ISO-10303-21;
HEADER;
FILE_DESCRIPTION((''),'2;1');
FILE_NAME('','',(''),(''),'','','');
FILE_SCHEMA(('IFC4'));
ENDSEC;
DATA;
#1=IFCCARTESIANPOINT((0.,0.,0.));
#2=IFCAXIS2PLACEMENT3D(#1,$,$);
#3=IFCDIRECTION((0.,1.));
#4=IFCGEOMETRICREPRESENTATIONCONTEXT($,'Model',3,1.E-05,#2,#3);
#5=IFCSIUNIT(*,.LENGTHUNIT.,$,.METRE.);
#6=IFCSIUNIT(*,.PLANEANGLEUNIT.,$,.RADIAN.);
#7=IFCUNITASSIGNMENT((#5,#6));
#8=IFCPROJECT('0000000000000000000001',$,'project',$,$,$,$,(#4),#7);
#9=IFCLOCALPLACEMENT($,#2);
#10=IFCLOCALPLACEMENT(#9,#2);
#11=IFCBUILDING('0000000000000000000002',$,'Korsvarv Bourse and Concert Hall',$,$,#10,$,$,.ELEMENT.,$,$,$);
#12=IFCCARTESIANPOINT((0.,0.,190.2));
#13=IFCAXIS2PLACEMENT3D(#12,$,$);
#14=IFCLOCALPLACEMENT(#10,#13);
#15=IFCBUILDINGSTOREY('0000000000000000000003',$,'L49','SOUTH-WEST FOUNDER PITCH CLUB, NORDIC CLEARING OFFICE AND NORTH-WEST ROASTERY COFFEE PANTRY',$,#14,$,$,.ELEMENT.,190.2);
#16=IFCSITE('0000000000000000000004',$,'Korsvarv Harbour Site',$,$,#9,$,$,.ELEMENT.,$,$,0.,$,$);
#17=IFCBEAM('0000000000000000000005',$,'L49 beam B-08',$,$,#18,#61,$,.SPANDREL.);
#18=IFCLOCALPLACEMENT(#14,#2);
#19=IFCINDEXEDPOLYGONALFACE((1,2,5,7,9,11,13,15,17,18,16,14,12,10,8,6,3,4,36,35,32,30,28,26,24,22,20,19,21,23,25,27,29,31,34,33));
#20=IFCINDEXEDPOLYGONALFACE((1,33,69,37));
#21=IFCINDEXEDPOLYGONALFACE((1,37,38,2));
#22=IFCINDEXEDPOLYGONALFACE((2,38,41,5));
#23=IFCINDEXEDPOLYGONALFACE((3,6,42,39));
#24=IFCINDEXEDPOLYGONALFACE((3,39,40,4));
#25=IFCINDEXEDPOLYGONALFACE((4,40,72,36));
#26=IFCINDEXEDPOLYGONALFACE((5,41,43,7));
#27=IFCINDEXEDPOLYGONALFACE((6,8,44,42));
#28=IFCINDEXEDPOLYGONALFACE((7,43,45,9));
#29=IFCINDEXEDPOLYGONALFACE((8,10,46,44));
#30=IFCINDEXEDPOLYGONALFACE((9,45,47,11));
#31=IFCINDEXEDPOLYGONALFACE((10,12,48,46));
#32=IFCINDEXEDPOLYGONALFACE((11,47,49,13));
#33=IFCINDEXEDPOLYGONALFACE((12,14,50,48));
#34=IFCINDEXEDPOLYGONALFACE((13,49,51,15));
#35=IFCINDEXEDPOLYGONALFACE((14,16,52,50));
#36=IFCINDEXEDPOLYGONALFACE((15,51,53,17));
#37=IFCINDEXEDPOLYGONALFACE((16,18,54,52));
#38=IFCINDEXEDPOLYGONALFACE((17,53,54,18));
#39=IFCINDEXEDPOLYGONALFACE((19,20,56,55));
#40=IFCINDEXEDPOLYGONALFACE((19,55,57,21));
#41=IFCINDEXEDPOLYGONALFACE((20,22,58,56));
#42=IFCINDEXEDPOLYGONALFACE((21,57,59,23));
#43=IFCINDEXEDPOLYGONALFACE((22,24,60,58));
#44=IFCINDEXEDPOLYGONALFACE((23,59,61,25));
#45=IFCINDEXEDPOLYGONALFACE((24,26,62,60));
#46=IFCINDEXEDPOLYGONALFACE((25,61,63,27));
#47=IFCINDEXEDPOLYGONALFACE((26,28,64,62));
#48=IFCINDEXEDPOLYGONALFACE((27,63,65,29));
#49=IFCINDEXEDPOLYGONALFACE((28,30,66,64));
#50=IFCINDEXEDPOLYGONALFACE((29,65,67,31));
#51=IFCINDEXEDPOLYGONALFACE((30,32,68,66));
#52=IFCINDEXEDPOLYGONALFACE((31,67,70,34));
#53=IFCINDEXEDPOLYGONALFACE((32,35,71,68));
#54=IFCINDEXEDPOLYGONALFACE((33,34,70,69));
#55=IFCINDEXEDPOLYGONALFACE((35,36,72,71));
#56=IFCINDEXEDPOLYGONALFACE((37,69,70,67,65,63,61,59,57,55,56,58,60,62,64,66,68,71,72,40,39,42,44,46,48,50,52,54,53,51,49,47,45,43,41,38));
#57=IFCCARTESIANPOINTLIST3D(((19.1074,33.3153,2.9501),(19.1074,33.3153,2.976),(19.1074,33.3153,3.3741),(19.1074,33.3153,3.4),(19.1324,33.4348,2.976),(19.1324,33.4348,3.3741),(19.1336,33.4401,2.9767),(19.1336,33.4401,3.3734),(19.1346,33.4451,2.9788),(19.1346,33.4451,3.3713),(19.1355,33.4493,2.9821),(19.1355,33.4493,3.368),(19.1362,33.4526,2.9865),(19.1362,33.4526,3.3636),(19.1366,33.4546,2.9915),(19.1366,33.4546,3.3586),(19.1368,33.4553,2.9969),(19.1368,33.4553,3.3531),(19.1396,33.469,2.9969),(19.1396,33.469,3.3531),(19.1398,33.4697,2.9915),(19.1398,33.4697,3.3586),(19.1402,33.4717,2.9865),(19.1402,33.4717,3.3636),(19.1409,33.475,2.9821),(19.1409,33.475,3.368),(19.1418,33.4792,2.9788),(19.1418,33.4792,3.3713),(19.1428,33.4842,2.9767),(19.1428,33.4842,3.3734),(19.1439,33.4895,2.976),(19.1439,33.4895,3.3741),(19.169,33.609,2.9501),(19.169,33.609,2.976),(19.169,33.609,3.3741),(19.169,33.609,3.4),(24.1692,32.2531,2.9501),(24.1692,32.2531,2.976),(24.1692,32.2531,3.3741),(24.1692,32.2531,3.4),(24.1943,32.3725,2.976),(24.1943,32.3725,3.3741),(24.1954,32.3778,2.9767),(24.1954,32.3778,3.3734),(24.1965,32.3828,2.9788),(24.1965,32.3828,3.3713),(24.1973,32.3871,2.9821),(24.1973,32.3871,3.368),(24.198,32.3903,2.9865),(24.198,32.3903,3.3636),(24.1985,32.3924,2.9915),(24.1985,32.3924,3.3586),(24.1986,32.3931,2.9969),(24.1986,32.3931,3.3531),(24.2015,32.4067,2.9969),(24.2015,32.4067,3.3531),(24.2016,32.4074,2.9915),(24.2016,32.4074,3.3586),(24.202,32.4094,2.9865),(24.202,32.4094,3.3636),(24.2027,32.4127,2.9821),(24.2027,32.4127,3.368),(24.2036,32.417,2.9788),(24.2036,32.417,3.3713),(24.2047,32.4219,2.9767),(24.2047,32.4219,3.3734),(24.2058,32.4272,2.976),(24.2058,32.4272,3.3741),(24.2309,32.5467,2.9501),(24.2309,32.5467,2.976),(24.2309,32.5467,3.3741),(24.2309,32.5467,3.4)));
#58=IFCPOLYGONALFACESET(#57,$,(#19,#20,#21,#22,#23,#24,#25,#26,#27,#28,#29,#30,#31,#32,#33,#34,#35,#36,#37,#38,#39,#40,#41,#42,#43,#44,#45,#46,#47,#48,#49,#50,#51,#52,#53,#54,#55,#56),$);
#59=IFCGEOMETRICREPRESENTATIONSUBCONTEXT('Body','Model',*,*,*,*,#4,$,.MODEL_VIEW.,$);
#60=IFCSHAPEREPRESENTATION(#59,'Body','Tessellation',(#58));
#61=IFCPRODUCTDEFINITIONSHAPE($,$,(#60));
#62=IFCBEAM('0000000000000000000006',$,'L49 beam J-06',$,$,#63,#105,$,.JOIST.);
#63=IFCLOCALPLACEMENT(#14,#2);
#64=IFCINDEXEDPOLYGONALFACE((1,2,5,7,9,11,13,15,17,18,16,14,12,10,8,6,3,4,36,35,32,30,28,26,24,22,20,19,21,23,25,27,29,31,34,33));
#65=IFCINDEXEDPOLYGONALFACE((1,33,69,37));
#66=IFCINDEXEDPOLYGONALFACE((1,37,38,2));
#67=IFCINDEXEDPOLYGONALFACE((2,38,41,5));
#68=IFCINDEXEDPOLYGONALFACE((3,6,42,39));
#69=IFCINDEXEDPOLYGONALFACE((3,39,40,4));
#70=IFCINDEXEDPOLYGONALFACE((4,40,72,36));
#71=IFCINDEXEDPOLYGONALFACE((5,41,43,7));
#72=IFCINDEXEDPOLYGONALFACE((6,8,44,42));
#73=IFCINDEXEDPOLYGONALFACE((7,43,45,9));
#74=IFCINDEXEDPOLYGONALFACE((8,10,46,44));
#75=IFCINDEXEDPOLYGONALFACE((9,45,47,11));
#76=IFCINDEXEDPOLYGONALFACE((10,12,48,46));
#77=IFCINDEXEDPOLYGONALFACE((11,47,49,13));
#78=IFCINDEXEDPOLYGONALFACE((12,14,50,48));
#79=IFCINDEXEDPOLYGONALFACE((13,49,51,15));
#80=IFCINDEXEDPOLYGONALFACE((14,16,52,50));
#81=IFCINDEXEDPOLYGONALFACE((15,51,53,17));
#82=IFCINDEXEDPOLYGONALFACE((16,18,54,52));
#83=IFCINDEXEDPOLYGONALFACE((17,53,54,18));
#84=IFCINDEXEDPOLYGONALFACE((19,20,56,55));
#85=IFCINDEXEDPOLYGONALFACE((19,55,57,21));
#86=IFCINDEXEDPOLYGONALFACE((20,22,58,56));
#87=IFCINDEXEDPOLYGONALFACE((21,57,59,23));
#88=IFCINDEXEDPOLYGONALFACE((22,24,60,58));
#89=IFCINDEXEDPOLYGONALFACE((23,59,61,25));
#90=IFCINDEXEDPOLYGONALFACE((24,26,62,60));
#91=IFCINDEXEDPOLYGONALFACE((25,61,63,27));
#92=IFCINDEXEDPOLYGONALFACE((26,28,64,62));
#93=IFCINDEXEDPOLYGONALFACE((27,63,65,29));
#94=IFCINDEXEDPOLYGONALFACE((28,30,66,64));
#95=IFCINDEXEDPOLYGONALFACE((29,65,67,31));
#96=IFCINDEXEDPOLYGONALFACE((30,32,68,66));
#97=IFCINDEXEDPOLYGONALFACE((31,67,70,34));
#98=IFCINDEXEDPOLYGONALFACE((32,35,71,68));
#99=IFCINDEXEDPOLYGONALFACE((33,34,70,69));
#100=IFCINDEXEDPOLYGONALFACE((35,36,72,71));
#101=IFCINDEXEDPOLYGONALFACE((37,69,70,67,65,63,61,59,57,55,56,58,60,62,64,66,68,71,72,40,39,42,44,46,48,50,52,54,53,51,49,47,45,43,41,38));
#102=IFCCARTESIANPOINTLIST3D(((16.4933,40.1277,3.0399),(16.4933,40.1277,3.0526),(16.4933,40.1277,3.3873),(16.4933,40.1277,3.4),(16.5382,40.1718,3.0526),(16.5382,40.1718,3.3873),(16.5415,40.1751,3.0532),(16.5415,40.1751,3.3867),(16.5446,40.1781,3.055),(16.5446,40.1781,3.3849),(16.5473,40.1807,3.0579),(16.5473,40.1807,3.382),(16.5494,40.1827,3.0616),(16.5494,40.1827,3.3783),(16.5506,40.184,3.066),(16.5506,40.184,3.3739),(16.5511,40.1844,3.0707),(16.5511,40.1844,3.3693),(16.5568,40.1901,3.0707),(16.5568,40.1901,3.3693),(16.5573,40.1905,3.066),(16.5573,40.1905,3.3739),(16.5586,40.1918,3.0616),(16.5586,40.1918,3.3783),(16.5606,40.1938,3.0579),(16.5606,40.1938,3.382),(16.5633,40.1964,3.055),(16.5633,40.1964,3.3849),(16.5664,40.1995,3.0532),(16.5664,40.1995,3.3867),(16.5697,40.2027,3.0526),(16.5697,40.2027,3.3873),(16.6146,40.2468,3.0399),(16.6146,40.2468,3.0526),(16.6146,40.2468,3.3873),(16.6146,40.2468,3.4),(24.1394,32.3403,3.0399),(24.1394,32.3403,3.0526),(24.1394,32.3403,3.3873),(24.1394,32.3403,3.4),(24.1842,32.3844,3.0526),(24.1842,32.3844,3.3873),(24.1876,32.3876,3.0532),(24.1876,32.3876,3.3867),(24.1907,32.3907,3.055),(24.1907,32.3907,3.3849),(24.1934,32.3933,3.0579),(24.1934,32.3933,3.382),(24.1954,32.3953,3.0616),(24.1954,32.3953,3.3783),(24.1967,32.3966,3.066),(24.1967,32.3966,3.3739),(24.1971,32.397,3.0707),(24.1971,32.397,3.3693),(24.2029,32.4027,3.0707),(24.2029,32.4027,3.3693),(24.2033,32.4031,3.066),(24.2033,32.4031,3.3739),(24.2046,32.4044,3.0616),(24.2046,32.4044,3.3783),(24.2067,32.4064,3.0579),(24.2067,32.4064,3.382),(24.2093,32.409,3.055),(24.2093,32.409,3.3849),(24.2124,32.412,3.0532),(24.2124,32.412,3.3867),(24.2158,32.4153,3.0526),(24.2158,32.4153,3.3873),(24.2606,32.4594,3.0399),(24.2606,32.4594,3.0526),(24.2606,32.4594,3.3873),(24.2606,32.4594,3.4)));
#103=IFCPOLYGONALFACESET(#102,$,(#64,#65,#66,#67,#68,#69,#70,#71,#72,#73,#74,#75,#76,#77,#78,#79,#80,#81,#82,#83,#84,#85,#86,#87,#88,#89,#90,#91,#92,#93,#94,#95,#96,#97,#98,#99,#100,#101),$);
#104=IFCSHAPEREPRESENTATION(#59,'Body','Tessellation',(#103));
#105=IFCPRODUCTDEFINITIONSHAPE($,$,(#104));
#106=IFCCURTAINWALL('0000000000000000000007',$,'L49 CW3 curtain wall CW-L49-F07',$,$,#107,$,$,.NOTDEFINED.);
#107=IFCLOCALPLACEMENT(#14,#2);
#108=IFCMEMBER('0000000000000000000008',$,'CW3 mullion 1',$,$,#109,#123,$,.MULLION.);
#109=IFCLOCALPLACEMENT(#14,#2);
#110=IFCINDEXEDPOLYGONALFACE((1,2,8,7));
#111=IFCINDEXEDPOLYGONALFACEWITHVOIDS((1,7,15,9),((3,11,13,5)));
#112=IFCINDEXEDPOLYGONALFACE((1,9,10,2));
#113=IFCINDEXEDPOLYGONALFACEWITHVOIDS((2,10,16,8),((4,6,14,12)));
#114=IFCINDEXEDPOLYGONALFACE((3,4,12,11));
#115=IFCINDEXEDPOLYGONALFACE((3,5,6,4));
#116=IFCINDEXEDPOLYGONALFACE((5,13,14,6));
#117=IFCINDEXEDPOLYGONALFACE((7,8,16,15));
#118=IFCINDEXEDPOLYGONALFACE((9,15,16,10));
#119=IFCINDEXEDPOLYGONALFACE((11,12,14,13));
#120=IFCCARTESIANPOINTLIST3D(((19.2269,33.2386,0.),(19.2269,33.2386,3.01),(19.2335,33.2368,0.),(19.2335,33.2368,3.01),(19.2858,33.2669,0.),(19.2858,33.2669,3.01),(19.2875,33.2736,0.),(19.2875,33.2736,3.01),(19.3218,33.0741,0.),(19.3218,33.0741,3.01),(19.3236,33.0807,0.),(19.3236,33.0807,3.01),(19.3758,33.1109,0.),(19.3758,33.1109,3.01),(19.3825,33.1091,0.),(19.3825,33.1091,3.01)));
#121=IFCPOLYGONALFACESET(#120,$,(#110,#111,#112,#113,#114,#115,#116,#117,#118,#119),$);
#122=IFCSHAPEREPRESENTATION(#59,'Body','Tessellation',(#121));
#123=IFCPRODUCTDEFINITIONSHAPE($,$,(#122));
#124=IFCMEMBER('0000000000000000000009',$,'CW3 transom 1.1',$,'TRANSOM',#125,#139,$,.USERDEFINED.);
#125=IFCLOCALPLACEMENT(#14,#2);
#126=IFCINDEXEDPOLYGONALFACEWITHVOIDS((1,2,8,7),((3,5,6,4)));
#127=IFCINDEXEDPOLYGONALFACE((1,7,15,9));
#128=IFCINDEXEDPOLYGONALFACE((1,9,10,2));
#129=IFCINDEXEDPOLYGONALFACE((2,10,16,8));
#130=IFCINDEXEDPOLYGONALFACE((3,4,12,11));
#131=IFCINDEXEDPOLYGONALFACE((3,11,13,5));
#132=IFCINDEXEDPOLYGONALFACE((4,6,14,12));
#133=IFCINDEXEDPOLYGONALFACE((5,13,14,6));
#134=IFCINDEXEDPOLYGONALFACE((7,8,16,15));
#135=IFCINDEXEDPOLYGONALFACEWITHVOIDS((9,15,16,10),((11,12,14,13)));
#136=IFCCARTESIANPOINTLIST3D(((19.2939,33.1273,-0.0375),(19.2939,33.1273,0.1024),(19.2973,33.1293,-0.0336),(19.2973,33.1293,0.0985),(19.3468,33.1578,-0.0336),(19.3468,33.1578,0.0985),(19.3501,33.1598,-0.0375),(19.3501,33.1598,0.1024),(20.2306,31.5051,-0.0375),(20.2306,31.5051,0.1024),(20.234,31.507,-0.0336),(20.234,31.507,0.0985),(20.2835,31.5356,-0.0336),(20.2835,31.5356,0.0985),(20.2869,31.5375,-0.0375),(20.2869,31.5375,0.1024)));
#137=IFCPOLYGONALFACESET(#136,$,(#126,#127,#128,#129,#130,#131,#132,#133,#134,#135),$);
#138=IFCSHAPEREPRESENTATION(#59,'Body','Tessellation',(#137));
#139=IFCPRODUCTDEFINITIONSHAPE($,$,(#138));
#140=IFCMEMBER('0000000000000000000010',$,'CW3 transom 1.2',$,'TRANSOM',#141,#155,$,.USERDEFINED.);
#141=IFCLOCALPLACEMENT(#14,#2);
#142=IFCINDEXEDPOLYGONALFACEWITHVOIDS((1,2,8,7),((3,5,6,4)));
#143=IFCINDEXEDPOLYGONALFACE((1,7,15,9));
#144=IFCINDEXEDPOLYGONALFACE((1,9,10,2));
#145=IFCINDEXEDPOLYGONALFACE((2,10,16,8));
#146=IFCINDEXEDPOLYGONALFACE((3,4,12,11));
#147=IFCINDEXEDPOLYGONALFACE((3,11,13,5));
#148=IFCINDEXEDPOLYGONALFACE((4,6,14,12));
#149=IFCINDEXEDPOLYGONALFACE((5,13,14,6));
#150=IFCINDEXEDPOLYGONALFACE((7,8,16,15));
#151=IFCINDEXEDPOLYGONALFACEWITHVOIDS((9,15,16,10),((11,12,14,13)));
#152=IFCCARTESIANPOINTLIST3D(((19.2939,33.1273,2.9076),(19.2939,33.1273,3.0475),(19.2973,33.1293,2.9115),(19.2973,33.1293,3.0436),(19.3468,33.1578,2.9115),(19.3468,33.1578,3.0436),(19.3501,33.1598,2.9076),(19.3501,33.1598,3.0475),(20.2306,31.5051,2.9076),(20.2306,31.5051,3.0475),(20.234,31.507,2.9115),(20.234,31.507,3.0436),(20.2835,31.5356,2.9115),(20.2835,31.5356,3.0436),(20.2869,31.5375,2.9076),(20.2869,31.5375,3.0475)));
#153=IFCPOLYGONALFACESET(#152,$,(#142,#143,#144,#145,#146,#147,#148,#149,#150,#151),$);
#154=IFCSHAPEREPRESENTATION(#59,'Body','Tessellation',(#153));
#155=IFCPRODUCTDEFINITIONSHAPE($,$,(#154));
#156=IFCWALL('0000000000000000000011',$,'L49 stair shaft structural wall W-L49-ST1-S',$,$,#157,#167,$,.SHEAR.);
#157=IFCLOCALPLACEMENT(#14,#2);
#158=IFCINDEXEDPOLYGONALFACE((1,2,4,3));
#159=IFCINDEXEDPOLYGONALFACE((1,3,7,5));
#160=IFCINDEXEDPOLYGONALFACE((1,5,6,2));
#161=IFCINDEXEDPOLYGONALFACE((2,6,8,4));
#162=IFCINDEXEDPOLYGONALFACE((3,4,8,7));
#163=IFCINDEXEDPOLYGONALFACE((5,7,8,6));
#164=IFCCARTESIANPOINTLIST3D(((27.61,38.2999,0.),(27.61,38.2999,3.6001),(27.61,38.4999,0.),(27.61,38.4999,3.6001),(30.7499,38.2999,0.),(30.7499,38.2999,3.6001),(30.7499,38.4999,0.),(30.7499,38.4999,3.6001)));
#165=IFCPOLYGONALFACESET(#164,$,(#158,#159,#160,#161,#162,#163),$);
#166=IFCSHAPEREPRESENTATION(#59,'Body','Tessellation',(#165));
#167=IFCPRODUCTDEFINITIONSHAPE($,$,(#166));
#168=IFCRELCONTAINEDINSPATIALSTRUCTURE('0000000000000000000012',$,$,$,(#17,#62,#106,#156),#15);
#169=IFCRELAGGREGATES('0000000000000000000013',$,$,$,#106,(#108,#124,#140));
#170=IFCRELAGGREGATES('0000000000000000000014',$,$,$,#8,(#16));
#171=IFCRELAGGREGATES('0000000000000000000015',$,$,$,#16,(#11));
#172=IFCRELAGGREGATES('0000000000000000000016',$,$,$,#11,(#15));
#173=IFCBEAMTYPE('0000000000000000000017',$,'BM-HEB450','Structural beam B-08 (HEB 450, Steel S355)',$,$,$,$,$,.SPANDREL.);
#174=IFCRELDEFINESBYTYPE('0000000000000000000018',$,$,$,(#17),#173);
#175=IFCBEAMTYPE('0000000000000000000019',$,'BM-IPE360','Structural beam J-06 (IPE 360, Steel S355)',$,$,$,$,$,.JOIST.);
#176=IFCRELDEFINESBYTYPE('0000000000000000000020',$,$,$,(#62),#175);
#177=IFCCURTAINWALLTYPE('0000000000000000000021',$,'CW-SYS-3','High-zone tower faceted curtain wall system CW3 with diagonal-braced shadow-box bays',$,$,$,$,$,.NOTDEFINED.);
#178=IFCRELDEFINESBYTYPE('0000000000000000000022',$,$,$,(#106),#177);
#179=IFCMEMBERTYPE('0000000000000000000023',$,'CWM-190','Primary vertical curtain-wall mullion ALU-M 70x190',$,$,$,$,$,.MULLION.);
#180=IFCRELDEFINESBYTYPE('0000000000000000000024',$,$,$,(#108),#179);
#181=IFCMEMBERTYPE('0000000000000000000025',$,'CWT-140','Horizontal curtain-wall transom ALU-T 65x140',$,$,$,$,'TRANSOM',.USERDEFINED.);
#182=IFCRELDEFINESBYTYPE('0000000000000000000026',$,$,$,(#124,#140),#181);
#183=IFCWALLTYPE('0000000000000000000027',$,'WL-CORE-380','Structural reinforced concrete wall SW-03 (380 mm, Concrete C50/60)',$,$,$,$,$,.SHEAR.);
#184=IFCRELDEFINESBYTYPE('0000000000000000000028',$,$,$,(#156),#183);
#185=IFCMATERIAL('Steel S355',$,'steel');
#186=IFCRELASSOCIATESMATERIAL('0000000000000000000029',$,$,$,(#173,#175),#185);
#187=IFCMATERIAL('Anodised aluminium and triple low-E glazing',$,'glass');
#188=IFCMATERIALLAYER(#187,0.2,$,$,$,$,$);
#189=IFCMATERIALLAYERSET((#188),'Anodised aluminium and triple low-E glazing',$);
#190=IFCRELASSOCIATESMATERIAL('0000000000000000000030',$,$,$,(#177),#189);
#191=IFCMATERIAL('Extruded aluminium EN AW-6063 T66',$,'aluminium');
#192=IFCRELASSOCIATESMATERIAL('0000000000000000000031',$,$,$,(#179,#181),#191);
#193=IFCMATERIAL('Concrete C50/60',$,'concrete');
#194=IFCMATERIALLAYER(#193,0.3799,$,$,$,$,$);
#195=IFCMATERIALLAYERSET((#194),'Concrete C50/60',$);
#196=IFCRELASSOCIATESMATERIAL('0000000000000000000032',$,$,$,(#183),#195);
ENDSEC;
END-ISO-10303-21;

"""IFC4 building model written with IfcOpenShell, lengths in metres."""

from ifc_helpers import new_model, si_unit, direction, frame, frame_2d, origin, origin_2d, place, context, subcontext, project, spatial, rectangle, hollow_rectangle, i_section, extrude, source, transform, mapped, material, layer, layer_set, material_profile, profile_set, type_object, element, aggregate, save


model = new_model("IFC4")

# Units and contexts
model_context = context("Model", 3, precision=1e-05, world=origin(), true_north=direction((0.0, 1.0)))
body_context = subcontext(model_context, "Body", "Model", "MODEL_VIEW")
ifc_project = project(units=[si_unit("LENGTHUNIT", "METRE"), si_unit("PLANEANGLEUNIT", "RADIAN")], contexts=[model_context])

# Site, building, storey
site_placement = place(None, origin())
site = spatial("IfcSite", under=ifc_project, at=site_placement, Name="Korsvarv Harbour Site", CompositionType="ELEMENT", RefElevation=0.0)
building_placement = place(site_placement, origin())
building = spatial("IfcBuilding", under=site, at=building_placement, Name="Korsvarv Bourse and Concert Hall", CompositionType="ELEMENT")
storey_placement = place(building_placement, frame((0.0, 0.0, 190.2)))
storey = spatial("IfcBuildingStorey", under=building, at=storey_placement, Name="L49", Description="SOUTH-WEST FOUNDER PITCH CLUB, NORDIC CLEARING OFFICE AND NORTH-WEST ROASTERY COFFEE PANTRY", CompositionType="ELEMENT", Elevation=190.2)

# Shared definitions
ifc_material_1 = material(Name="Steel S355", Category="steel")

# Beams
ifc_material_profile_1 = material_profile(ifc_material_1, i_section(OverallWidth=0.3, OverallDepth=0.45, WebThickness=0.0139, FlangeThickness=0.0259, FilletRadius=0.021, at=origin_2d()), Name="HEB 450")
ifc_profile_set_1 = profile_set([ifc_material_profile_1], Name="Steel S355")
beam_type_1 = type_object("IfcBeamType", Name="BM-HEB450", Description="Structural beam B-08 (HEB 450, Steel S355)", PredefinedType="SPANDREL", material=ifc_profile_set_1)
shared_shape_1 = source(origin(), body_context, "Body", "SweptSolid", [
    extrude(i_section(OverallWidth=0.3, OverallDepth=0.45, WebThickness=0.0139, FlangeThickness=0.0259, FilletRadius=0.021, at=origin_2d()), origin(), (0.0, 0.0, 1.0), 5.1721),
])
beam_1_placement = place(storey_placement, frame((19.1382, 33.4622, 3.175), z_axis=(0.978681, -0.205385, 0.0), x_axis=(0.205385, 0.978681, 0.0)))
element("IfcBeam", 1, at=beam_1_placement, inside=storey, type_object=beam_type_1, Name="L49 beam B-08", PredefinedType="SPANDREL", context=body_context, shape_type="MappedRepresentation", body=[
    mapped(shared_shape_1, transform((0.0, 0.0, 0.0), scale=1.0)),
])
ifc_material_profile_2 = material_profile(ifc_material_1, i_section(OverallWidth=0.1699, OverallDepth=0.3601, WebThickness=0.0081, FlangeThickness=0.0127, FilletRadius=0.0181, at=origin_2d()), Name="IPE 360")
ifc_profile_set_2 = profile_set([ifc_material_profile_2], Name="Steel S355")
beam_type_2 = type_object("IfcBeamType", Name="BM-IPE360", Description="Structural beam J-06 (IPE 360, Steel S355)", PredefinedType="JOIST", material=ifc_profile_set_2)
shared_shape_2 = source(origin(), body_context, "Body", "SweptSolid", [
    extrude(i_section(OverallWidth=0.1699, OverallDepth=0.3601, WebThickness=0.0081, FlangeThickness=0.0127, FilletRadius=0.0181, at=origin_2d()), origin(), (0.0, 0.0, 1.0), 10.9136),
])
beam_2_placement = place(storey_placement, frame((16.554, 40.1873, 3.22), z_axis=(0.700601, -0.713553, 0.0), x_axis=(0.713553, 0.700601, 0.0)))
element("IfcBeam", 2, at=beam_2_placement, inside=storey, type_object=beam_type_2, Name="L49 beam J-06", PredefinedType="JOIST", context=body_context, shape_type="MappedRepresentation", body=[
    mapped(shared_shape_2, transform((0.0, 0.0, 0.0), scale=1.0)),
])

# Curtain wall, members
ifc_material_2 = material(Name="Anodised aluminium and triple low-E glazing", Category="glass")
ifc_layer_1 = layer(ifc_material_2, 0.2)
ifc_layer_set_1 = layer_set([ifc_layer_1], Name="Anodised aluminium and triple low-E glazing")
curtain_wall_type = type_object("IfcCurtainWallType", Name="CW-SYS-3", Description="High-zone tower faceted curtain wall system CW3 with diagonal-braced shadow-box bays", PredefinedType="NOTDEFINED", material=ifc_layer_set_1)
curtain_wall_placement = place(storey_placement, origin())
curtain_wall = element("IfcCurtainWall", 3, at=curtain_wall_placement, inside=storey, type_object=curtain_wall_type, Name="L49 CW3 curtain wall CW-L49-F07", PredefinedType="NOTDEFINED")
ifc_material_3 = material(Name="Extruded aluminium EN AW-6063 T66", Category="aluminium")
ifc_material_profile_3 = material_profile(ifc_material_3, hollow_rectangle(XDim=0.0701, YDim=0.1899, WallThickness=0.0049, at=origin_2d()), Name="ALU-M 70x190")
ifc_profile_set_3 = profile_set([ifc_material_profile_3], Name="Extruded aluminium EN AW-6063 T66")
member_type_1 = type_object("IfcMemberType", Name="CWM-190", Description="Primary vertical curtain-wall mullion ALU-M 70x190", PredefinedType="MULLION", material=ifc_profile_set_3)
shared_shape_3 = source(origin(), body_context, "Body", "SweptSolid", [
    extrude(hollow_rectangle(XDim=0.0701, YDim=0.1899, WallThickness=0.0049, at=origin_2d()), origin(), (0.0, 0.0, 1.0), 3.01),
])
member_1_placement = place(storey_placement, frame((19.3047, 33.1738, 0.0), z_axis=(0.0, 0.0, 1.0), x_axis=(0.86603, 0.499993, 0.0)))
member_1 = element("IfcMember", 4, at=member_1_placement, type_object=member_type_1, Name="CW3 mullion 1", PredefinedType="MULLION", context=body_context, shape_type="MappedRepresentation", body=[
    mapped(shared_shape_3, transform((0.0, 0.0, 0.0), scale=1.0)),
])
ifc_material_profile_4 = material_profile(ifc_material_3, hollow_rectangle(XDim=0.0649, YDim=0.1399, WallThickness=0.0039, at=origin_2d()), Name="ALU-T 65x140")
ifc_profile_set_4 = profile_set([ifc_material_profile_4], Name="Extruded aluminium EN AW-6063 T66")
member_type_2 = type_object("IfcMemberType", Name="CWT-140", Description="Horizontal curtain-wall transom ALU-T 65x140", ElementType="TRANSOM", PredefinedType="USERDEFINED", material=ifc_profile_set_4)
shared_shape_4 = source(origin(), body_context, "Body", "SweptSolid", [
    extrude(hollow_rectangle(XDim=0.0649, YDim=0.1399, WallThickness=0.0039, at=origin_2d()), origin(), (0.0, 0.0, 1.0), 1.8733),
])
member_2_placement = place(storey_placement, frame((19.322, 33.1436, 0.0325), z_axis=(0.50005, -0.865997, 0.0), x_axis=(0.865997, 0.50005, 0.0)))
member_2 = element("IfcMember", 5, at=member_2_placement, type_object=member_type_2, Name="CW3 transom 1.1", ObjectType="TRANSOM", PredefinedType="USERDEFINED", context=body_context, shape_type="MappedRepresentation", body=[
    mapped(shared_shape_4, transform((0.0, 0.0, 0.0), scale=1.0)),
])
member_3_placement = place(storey_placement, frame((19.322, 33.1436, 2.9775), z_axis=(0.50005, -0.865997, 0.0), x_axis=(0.865997, 0.50005, 0.0)))
member_3 = element("IfcMember", 6, at=member_3_placement, type_object=member_type_2, Name="CW3 transom 1.2", ObjectType="TRANSOM", PredefinedType="USERDEFINED", context=body_context, shape_type="MappedRepresentation", body=[
    mapped(shared_shape_4, transform((0.0, 0.0, 0.0), scale=1.0)),
])
aggregate(curtain_wall, [member_1, member_2, member_3])

# Wall
ifc_material_4 = material(Name="Concrete C50/60", Category="concrete")
ifc_layer_2 = layer(ifc_material_4, 0.3799)
ifc_layer_set_2 = layer_set([ifc_layer_2], Name="Concrete C50/60")
wall_type_1 = type_object("IfcWallType", Name="WL-CORE-380", Description="Structural reinforced concrete wall SW-03 (380 mm, Concrete C50/60)", PredefinedType="SHEAR", material=ifc_layer_set_2)
wall_1_placement = place(storey_placement, frame((27.6101, 38.3999, 0.0), z_axis=(0.0, 0.0, 1.0), x_axis=(1.0, 0.0, 0.0)))
element("IfcWall", 7, at=wall_1_placement, inside=storey, type_object=wall_type_1, Name="L49 stair shaft structural wall W-L49-ST1-S", PredefinedType="SHEAR", context=body_context, shape_type="SweptSolid", body=[
    extrude(rectangle(XDim=3.1399, YDim=0.2, at=frame_2d((1.5698, 0.0))), origin(), (0.0, 0.0, 1.0), 3.6001),
])

save(model, "model.ifc")
